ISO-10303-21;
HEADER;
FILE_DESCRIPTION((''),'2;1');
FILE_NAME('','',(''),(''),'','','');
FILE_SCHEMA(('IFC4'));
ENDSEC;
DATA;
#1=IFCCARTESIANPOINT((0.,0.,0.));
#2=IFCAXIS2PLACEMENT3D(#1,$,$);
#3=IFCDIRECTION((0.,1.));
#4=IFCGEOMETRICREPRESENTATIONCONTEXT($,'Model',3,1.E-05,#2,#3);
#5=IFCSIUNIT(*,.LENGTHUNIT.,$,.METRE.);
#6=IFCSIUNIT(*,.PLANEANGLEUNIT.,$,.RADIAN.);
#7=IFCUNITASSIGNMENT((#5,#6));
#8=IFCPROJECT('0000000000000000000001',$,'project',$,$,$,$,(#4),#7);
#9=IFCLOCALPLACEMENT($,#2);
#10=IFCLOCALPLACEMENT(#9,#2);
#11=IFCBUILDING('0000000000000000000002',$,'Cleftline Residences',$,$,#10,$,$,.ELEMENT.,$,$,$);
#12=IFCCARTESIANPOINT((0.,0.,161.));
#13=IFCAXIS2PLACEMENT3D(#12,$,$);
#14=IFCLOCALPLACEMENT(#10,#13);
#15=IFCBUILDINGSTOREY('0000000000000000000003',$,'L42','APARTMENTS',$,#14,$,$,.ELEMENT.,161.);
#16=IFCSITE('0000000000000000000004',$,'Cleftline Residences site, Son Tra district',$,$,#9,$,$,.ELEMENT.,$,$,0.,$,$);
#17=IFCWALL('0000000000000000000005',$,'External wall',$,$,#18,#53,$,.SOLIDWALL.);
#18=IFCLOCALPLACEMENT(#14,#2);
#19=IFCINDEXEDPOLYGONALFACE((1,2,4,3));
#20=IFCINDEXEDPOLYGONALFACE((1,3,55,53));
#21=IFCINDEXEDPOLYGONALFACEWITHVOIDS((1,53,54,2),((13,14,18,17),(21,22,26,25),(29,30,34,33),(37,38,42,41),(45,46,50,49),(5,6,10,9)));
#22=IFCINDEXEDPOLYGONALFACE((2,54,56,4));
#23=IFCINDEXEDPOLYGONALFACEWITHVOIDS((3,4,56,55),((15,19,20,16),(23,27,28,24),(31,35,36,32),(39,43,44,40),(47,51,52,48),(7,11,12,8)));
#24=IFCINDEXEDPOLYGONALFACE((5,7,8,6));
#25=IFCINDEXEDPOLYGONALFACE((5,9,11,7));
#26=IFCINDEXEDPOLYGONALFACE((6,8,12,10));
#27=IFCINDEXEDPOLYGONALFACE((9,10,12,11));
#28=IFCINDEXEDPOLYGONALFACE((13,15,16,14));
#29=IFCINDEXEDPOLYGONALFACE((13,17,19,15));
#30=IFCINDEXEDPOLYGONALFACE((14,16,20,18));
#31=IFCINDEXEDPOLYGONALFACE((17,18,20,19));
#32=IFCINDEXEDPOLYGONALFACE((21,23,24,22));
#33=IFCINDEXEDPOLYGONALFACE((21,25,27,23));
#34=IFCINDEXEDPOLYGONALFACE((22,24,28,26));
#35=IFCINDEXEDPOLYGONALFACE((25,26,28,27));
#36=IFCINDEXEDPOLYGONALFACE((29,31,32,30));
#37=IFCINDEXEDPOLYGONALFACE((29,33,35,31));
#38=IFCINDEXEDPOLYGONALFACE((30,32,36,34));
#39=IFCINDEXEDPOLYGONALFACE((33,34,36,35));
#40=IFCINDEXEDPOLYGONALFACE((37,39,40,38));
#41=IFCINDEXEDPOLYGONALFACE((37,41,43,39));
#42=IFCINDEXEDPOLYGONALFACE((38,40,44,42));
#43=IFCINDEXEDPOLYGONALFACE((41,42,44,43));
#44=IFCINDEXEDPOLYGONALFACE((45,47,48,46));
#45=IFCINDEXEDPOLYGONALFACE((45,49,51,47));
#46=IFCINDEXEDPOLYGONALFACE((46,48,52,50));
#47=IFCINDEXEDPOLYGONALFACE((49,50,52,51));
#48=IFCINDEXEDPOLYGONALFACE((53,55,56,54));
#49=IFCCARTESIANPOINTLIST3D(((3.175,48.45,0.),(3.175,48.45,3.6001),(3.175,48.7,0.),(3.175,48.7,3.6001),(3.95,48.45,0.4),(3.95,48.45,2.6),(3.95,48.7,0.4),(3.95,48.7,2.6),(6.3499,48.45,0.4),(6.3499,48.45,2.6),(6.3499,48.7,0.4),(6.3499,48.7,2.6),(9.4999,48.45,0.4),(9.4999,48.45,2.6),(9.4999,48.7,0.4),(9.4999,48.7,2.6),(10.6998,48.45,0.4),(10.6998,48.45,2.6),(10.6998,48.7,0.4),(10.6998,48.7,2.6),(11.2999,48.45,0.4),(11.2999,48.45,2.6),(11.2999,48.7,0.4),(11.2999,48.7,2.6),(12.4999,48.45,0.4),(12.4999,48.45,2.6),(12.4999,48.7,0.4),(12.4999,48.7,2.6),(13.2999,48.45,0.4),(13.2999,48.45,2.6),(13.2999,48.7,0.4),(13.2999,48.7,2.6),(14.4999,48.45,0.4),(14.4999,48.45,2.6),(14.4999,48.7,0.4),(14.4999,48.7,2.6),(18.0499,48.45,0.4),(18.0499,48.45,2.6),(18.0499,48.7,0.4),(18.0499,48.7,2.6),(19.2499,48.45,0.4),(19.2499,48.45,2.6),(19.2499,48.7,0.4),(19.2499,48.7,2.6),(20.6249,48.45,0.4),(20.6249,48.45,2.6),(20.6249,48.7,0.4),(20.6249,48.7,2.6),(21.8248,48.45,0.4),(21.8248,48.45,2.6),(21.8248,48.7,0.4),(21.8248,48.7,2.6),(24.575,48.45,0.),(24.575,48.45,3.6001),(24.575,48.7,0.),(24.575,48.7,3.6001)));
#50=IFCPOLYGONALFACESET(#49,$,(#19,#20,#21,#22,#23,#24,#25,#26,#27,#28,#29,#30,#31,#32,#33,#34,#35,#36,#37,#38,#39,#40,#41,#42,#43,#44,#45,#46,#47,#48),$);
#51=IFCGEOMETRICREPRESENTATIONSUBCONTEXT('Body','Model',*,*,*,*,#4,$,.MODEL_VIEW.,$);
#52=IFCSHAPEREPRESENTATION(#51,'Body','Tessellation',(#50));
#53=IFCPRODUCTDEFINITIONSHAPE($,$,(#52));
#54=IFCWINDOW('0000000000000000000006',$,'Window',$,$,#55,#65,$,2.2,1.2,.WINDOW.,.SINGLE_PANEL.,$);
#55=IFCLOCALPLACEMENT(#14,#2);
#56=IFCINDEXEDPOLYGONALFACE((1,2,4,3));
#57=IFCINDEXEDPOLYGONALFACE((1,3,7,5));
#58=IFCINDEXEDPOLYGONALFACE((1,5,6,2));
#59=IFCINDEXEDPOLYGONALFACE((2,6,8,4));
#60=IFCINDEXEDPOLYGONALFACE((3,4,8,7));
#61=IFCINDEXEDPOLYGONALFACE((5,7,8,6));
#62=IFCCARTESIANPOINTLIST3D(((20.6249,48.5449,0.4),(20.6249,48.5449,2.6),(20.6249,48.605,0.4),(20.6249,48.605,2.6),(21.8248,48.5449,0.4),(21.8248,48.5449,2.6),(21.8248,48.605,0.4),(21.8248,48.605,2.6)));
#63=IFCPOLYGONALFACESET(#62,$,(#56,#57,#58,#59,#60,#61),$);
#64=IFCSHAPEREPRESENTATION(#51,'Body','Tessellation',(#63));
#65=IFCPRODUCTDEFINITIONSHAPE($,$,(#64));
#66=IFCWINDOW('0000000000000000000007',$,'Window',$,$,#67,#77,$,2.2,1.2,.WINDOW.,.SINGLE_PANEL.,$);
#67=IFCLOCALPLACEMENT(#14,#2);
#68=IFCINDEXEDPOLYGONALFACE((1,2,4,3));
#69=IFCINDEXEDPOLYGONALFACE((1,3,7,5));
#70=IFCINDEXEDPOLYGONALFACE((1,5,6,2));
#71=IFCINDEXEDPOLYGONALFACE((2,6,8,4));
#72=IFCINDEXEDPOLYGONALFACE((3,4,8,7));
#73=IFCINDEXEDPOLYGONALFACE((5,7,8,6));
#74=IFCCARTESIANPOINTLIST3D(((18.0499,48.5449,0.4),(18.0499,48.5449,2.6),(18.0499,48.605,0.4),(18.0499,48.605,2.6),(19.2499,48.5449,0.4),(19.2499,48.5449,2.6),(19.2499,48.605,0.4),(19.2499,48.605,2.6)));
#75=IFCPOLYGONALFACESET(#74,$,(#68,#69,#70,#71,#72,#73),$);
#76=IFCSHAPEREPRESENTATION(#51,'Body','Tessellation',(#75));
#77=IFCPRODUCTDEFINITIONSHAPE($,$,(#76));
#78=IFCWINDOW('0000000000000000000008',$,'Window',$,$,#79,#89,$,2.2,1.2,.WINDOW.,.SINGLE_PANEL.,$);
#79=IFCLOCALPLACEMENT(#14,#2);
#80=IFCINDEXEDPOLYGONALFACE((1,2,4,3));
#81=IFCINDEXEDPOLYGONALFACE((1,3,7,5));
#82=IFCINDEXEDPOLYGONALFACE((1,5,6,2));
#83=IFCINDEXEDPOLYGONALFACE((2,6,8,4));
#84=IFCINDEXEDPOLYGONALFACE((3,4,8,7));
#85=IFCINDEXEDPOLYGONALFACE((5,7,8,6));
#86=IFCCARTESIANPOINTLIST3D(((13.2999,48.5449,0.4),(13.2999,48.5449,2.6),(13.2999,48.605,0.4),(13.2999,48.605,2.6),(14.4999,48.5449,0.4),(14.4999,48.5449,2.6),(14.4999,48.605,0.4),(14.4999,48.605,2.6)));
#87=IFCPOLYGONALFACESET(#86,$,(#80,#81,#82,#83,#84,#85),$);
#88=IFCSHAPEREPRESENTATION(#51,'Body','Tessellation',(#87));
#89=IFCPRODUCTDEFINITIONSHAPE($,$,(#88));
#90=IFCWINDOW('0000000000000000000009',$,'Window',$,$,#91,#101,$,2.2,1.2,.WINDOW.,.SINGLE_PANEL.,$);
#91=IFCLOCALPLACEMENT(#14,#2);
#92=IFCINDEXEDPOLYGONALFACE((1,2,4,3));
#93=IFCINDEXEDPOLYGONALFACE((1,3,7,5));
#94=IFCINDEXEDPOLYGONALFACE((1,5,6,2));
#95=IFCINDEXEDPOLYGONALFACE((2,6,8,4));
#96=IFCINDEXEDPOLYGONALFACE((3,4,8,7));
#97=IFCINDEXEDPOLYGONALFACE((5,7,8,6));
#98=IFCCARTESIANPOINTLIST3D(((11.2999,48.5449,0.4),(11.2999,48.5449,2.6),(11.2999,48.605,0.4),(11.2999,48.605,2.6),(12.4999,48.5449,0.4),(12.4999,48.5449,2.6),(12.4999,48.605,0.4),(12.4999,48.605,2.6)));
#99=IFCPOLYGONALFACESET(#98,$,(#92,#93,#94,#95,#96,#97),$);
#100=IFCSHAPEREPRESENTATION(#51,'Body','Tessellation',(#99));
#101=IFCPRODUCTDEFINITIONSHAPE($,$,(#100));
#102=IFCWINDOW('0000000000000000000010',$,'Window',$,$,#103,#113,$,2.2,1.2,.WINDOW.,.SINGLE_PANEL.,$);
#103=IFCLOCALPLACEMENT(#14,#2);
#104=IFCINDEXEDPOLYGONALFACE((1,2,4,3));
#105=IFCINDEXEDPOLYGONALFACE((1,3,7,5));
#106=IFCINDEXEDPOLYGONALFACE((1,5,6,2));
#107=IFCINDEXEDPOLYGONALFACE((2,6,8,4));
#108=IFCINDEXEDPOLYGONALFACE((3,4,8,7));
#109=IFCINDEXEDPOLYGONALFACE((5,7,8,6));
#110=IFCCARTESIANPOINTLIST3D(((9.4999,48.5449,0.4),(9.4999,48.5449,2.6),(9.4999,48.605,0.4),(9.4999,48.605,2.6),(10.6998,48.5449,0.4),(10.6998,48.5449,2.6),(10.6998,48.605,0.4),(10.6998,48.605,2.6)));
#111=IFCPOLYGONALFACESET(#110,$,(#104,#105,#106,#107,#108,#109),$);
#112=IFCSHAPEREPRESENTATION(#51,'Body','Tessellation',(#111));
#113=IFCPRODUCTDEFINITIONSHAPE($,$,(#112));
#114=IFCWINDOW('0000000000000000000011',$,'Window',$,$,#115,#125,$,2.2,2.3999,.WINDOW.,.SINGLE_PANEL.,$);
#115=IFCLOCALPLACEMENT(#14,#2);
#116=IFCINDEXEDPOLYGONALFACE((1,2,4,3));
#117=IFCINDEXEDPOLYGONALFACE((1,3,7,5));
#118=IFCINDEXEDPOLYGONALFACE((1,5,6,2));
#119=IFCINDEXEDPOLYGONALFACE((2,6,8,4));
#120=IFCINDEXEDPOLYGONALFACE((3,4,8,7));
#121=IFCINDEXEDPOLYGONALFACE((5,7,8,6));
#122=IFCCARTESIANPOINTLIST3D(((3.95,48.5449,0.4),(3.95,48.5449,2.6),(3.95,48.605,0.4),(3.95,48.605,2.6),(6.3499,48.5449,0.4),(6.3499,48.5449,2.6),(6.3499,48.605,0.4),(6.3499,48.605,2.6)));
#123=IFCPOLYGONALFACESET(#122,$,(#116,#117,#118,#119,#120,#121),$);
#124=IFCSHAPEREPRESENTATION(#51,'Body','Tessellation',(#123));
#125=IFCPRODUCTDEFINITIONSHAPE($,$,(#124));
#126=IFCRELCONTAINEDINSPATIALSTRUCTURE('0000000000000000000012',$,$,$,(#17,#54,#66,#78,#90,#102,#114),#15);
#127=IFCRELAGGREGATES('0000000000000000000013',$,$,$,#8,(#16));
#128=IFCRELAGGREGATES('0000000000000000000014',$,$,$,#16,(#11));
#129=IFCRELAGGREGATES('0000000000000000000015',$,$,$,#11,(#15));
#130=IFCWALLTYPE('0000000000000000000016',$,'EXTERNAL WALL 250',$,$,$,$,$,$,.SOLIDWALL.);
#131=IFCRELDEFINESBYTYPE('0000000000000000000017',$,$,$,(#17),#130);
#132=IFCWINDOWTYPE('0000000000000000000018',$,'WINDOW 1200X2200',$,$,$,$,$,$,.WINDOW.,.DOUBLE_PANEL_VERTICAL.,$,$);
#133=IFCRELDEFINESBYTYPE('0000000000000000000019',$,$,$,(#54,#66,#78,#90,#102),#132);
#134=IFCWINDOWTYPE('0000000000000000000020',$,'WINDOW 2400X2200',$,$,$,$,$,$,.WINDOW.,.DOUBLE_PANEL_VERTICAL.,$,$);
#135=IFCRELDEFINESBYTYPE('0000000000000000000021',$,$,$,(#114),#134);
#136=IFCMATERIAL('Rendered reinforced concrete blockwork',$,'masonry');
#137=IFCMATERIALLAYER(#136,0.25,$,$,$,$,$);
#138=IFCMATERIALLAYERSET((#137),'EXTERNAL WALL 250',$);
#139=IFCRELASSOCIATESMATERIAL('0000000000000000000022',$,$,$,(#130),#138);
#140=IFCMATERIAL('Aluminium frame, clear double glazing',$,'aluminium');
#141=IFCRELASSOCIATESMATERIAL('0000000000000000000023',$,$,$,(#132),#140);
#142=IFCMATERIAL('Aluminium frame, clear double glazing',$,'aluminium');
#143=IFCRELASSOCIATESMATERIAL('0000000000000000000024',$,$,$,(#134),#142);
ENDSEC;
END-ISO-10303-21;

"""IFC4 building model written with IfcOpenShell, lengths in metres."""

from ifc_helpers import new_model, si_unit, direction, frame, frame_2d, origin, place, context, subcontext, project, spatial, rectangle, extrude, material, layer, layer_set, type_object, element, fill, save


model = new_model("IFC4")

# Units and contexts
model_context = context("Model", 3, precision=1e-05, world=origin(), true_north=direction((0.0, 1.0)))
body_context = subcontext(model_context, "Body", "Model", "MODEL_VIEW")
ifc_project = project(units=[si_unit("LENGTHUNIT", "METRE"), si_unit("PLANEANGLEUNIT", "RADIAN")], contexts=[model_context])

# Site, building, storey
site_placement = place(None, origin())
site = spatial("IfcSite", under=ifc_project, at=site_placement, Name="Cleftline Residences site, Son Tra district", CompositionType="ELEMENT", RefElevation=0.0)
building_placement = place(site_placement, origin())
building = spatial("IfcBuilding", under=site, at=building_placement, Name="Cleftline Residences", CompositionType="ELEMENT")
storey_placement = place(building_placement, frame((0.0, 0.0, 161.0)))
storey = spatial("IfcBuildingStorey", under=building, at=storey_placement, Name="L42", Description="APARTMENTS", CompositionType="ELEMENT", Elevation=161.0)

# Wall, openings, windows
ifc_material_1 = material(Name="Rendered reinforced concrete blockwork", Category="masonry")
ifc_layer_1 = layer(ifc_material_1, 0.25)
ifc_layer_set_1 = layer_set([ifc_layer_1], Name="EXTERNAL WALL 250")
wall_type = type_object("IfcWallType", Name="EXTERNAL WALL 250", PredefinedType="SOLIDWALL", material=ifc_layer_set_1)
wall_placement = place(storey_placement, frame((24.575, 48.575, 0.0), z_axis=(0.0, 0.0, 1.0), x_axis=(-1.0, 0.0, 0.0)))
wall = element("IfcWall", 1, at=wall_placement, inside=storey, type_object=wall_type, Name="External wall", PredefinedType="SOLIDWALL", context=body_context, shape_type="SweptSolid", body=[
    extrude(rectangle(XDim=21.3999, YDim=0.25, at=frame_2d((10.7, 0.0))), origin(), (0.0, 0.0, 1.0), 3.6001),
])
opening_1_placement = place(wall_placement, frame((2.75, 0.0, 0.3999)))
opening_1 = element("IfcOpeningElement", 2, at=opening_1_placement, cuts=wall, PredefinedType="OPENING", context=body_context, shape_type="SweptSolid", body=[
    extrude(rectangle(XDim=1.2, YDim=2.2, at=frame_2d((0.6001, 1.1001))), frame((0.0, 0.135, 0.0), z_axis=(0.0, -1.0, 0.0), x_axis=(1.0, 0.0, 0.0)), (0.0, 0.0, 1.0), 0.27),
])
opening_2_placement = place(wall_placement, frame((5.325, 0.0, 0.3999)))
opening_2 = element("IfcOpeningElement", 3, at=opening_2_placement, cuts=wall, PredefinedType="OPENING", context=body_context, shape_type="SweptSolid", body=[
    extrude(rectangle(XDim=1.2, YDim=2.2, at=frame_2d((0.6001, 1.1001))), frame((0.0, 0.135, 0.0), z_axis=(0.0, -1.0, 0.0), x_axis=(1.0, 0.0, 0.0)), (0.0, 0.0, 1.0), 0.27),
])
opening_3_placement = place(wall_placement, frame((10.075, 0.0, 0.3999)))
opening_3 = element("IfcOpeningElement", 4, at=opening_3_placement, cuts=wall, PredefinedType="OPENING", context=body_context, shape_type="SweptSolid", body=[
    extrude(rectangle(XDim=1.2, YDim=2.2, at=frame_2d((0.6001, 1.1001))), frame((0.0, 0.135, 0.0), z_axis=(0.0, -1.0, 0.0), x_axis=(1.0, 0.0, 0.0)), (0.0, 0.0, 1.0), 0.27),
])
opening_4_placement = place(wall_placement, frame((12.075, 0.0, 0.3999)))
opening_4 = element("IfcOpeningElement", 5, at=opening_4_placement, cuts=wall, PredefinedType="OPENING", context=body_context, shape_type="SweptSolid", body=[
    extrude(rectangle(XDim=1.2, YDim=2.2, at=frame_2d((0.6001, 1.1001))), frame((0.0, 0.135, 0.0), z_axis=(0.0, -1.0, 0.0), x_axis=(1.0, 0.0, 0.0)), (0.0, 0.0, 1.0), 0.27),
])
opening_5_placement = place(wall_placement, frame((13.875, 0.0, 0.3999)))
opening_5 = element("IfcOpeningElement", 6, at=opening_5_placement, cuts=wall, PredefinedType="OPENING", context=body_context, shape_type="SweptSolid", body=[
    extrude(rectangle(XDim=1.2, YDim=2.2, at=frame_2d((0.6001, 1.1001))), frame((0.0, 0.135, 0.0), z_axis=(0.0, -1.0, 0.0), x_axis=(1.0, 0.0, 0.0)), (0.0, 0.0, 1.0), 0.27),
])
opening_6_placement = place(wall_placement, frame((18.2251, 0.0, 0.3999)))
opening_6 = element("IfcOpeningElement", 7, at=opening_6_placement, cuts=wall, PredefinedType="OPENING", context=body_context, shape_type="SweptSolid", body=[
    extrude(rectangle(XDim=2.3999, YDim=2.2, at=frame_2d((1.2, 1.1001))), frame((0.0, 0.135, 0.0), z_axis=(0.0, -1.0, 0.0), x_axis=(1.0, 0.0, 0.0)), (0.0, 0.0, 1.0), 0.27),
])
ifc_material_2 = material(Name="Aluminium frame, clear double glazing", Category="aluminium")
window_type_1 = type_object("IfcWindowType", Name="WINDOW 1200X2200", PartitioningType="DOUBLE_PANEL_VERTICAL", PredefinedType="WINDOW", material=ifc_material_2)
window_1_placement = place(opening_1_placement, origin())
window_1 = element("IfcWindow", 8, at=window_1_placement, inside=storey, type_object=window_type_1, Name="Window", OverallHeight=2.2, OverallWidth=1.2, PartitioningType="SINGLE_PANEL", PredefinedType="WINDOW", context=body_context, shape_type="SweptSolid", body=[
    extrude(rectangle(XDim=1.2, YDim=2.2, at=frame_2d((0.6001, 1.1001))), frame((0.0, 0.03, 0.0), z_axis=(0.0, -1.0, 0.0), x_axis=(1.0, 0.0, 0.0)), (0.0, 0.0, 1.0), 0.0601),
])
fill(opening_1, window_1)
window_2_placement = place(opening_2_placement, origin())
window_2 = element("IfcWindow", 9, at=window_2_placement, inside=storey, type_object=window_type_1, Name="Window", OverallHeight=2.2, OverallWidth=1.2, PartitioningType="SINGLE_PANEL", PredefinedType="WINDOW", context=body_context, shape_type="SweptSolid", body=[
    extrude(rectangle(XDim=1.2, YDim=2.2, at=frame_2d((0.6001, 1.1001))), frame((0.0, 0.03, 0.0), z_axis=(0.0, -1.0, 0.0), x_axis=(1.0, 0.0, 0.0)), (0.0, 0.0, 1.0), 0.0601),
])
fill(opening_2, window_2)
window_3_placement = place(opening_3_placement, origin())
window_3 = element("IfcWindow", 10, at=window_3_placement, inside=storey, type_object=window_type_1, Name="Window", OverallHeight=2.2, OverallWidth=1.2, PartitioningType="SINGLE_PANEL", PredefinedType="WINDOW", context=body_context, shape_type="SweptSolid", body=[
    extrude(rectangle(XDim=1.2, YDim=2.2, at=frame_2d((0.6001, 1.1001))), frame((0.0, 0.03, 0.0), z_axis=(0.0, -1.0, 0.0), x_axis=(1.0, 0.0, 0.0)), (0.0, 0.0, 1.0), 0.0601),
])
fill(opening_3, window_3)
window_4_placement = place(opening_4_placement, origin())
window_4 = element("IfcWindow", 11, at=window_4_placement, inside=storey, type_object=window_type_1, Name="Window", OverallHeight=2.2, OverallWidth=1.2, PartitioningType="SINGLE_PANEL", PredefinedType="WINDOW", context=body_context, shape_type="SweptSolid", body=[
    extrude(rectangle(XDim=1.2, YDim=2.2, at=frame_2d((0.6001, 1.1001))), frame((0.0, 0.03, 0.0), z_axis=(0.0, -1.0, 0.0), x_axis=(1.0, 0.0, 0.0)), (0.0, 0.0, 1.0), 0.0601),
])
fill(opening_4, window_4)
window_5_placement = place(opening_5_placement, origin())
window_5 = element("IfcWindow", 12, at=window_5_placement, inside=storey, type_object=window_type_1, Name="Window", OverallHeight=2.2, OverallWidth=1.2, PartitioningType="SINGLE_PANEL", PredefinedType="WINDOW", context=body_context, shape_type="SweptSolid", body=[
    extrude(rectangle(XDim=1.2, YDim=2.2, at=frame_2d((0.6001, 1.1001))), frame((0.0, 0.03, 0.0), z_axis=(0.0, -1.0, 0.0), x_axis=(1.0, 0.0, 0.0)), (0.0, 0.0, 1.0), 0.0601),
])
fill(opening_5, window_5)
ifc_material_3 = material(Name="Aluminium frame, clear double glazing", Category="aluminium")
window_type_2 = type_object("IfcWindowType", Name="WINDOW 2400X2200", PartitioningType="DOUBLE_PANEL_VERTICAL", PredefinedType="WINDOW", material=ifc_material_3)
window_6_placement = place(opening_6_placement, origin())
window_6 = element("IfcWindow", 13, at=window_6_placement, inside=storey, type_object=window_type_2, Name="Window", OverallHeight=2.2, OverallWidth=2.3999, PartitioningType="SINGLE_PANEL", PredefinedType="WINDOW", context=body_context, shape_type="SweptSolid", body=[
    extrude(rectangle(XDim=2.3999, YDim=2.2, at=frame_2d((1.2, 1.1001))), frame((0.0, 0.03, 0.0), z_axis=(0.0, -1.0, 0.0), x_axis=(1.0, 0.0, 0.0)), (0.0, 0.0, 1.0), 0.0601),
])
fill(opening_6, window_6)

save(model, "model.ifc")
